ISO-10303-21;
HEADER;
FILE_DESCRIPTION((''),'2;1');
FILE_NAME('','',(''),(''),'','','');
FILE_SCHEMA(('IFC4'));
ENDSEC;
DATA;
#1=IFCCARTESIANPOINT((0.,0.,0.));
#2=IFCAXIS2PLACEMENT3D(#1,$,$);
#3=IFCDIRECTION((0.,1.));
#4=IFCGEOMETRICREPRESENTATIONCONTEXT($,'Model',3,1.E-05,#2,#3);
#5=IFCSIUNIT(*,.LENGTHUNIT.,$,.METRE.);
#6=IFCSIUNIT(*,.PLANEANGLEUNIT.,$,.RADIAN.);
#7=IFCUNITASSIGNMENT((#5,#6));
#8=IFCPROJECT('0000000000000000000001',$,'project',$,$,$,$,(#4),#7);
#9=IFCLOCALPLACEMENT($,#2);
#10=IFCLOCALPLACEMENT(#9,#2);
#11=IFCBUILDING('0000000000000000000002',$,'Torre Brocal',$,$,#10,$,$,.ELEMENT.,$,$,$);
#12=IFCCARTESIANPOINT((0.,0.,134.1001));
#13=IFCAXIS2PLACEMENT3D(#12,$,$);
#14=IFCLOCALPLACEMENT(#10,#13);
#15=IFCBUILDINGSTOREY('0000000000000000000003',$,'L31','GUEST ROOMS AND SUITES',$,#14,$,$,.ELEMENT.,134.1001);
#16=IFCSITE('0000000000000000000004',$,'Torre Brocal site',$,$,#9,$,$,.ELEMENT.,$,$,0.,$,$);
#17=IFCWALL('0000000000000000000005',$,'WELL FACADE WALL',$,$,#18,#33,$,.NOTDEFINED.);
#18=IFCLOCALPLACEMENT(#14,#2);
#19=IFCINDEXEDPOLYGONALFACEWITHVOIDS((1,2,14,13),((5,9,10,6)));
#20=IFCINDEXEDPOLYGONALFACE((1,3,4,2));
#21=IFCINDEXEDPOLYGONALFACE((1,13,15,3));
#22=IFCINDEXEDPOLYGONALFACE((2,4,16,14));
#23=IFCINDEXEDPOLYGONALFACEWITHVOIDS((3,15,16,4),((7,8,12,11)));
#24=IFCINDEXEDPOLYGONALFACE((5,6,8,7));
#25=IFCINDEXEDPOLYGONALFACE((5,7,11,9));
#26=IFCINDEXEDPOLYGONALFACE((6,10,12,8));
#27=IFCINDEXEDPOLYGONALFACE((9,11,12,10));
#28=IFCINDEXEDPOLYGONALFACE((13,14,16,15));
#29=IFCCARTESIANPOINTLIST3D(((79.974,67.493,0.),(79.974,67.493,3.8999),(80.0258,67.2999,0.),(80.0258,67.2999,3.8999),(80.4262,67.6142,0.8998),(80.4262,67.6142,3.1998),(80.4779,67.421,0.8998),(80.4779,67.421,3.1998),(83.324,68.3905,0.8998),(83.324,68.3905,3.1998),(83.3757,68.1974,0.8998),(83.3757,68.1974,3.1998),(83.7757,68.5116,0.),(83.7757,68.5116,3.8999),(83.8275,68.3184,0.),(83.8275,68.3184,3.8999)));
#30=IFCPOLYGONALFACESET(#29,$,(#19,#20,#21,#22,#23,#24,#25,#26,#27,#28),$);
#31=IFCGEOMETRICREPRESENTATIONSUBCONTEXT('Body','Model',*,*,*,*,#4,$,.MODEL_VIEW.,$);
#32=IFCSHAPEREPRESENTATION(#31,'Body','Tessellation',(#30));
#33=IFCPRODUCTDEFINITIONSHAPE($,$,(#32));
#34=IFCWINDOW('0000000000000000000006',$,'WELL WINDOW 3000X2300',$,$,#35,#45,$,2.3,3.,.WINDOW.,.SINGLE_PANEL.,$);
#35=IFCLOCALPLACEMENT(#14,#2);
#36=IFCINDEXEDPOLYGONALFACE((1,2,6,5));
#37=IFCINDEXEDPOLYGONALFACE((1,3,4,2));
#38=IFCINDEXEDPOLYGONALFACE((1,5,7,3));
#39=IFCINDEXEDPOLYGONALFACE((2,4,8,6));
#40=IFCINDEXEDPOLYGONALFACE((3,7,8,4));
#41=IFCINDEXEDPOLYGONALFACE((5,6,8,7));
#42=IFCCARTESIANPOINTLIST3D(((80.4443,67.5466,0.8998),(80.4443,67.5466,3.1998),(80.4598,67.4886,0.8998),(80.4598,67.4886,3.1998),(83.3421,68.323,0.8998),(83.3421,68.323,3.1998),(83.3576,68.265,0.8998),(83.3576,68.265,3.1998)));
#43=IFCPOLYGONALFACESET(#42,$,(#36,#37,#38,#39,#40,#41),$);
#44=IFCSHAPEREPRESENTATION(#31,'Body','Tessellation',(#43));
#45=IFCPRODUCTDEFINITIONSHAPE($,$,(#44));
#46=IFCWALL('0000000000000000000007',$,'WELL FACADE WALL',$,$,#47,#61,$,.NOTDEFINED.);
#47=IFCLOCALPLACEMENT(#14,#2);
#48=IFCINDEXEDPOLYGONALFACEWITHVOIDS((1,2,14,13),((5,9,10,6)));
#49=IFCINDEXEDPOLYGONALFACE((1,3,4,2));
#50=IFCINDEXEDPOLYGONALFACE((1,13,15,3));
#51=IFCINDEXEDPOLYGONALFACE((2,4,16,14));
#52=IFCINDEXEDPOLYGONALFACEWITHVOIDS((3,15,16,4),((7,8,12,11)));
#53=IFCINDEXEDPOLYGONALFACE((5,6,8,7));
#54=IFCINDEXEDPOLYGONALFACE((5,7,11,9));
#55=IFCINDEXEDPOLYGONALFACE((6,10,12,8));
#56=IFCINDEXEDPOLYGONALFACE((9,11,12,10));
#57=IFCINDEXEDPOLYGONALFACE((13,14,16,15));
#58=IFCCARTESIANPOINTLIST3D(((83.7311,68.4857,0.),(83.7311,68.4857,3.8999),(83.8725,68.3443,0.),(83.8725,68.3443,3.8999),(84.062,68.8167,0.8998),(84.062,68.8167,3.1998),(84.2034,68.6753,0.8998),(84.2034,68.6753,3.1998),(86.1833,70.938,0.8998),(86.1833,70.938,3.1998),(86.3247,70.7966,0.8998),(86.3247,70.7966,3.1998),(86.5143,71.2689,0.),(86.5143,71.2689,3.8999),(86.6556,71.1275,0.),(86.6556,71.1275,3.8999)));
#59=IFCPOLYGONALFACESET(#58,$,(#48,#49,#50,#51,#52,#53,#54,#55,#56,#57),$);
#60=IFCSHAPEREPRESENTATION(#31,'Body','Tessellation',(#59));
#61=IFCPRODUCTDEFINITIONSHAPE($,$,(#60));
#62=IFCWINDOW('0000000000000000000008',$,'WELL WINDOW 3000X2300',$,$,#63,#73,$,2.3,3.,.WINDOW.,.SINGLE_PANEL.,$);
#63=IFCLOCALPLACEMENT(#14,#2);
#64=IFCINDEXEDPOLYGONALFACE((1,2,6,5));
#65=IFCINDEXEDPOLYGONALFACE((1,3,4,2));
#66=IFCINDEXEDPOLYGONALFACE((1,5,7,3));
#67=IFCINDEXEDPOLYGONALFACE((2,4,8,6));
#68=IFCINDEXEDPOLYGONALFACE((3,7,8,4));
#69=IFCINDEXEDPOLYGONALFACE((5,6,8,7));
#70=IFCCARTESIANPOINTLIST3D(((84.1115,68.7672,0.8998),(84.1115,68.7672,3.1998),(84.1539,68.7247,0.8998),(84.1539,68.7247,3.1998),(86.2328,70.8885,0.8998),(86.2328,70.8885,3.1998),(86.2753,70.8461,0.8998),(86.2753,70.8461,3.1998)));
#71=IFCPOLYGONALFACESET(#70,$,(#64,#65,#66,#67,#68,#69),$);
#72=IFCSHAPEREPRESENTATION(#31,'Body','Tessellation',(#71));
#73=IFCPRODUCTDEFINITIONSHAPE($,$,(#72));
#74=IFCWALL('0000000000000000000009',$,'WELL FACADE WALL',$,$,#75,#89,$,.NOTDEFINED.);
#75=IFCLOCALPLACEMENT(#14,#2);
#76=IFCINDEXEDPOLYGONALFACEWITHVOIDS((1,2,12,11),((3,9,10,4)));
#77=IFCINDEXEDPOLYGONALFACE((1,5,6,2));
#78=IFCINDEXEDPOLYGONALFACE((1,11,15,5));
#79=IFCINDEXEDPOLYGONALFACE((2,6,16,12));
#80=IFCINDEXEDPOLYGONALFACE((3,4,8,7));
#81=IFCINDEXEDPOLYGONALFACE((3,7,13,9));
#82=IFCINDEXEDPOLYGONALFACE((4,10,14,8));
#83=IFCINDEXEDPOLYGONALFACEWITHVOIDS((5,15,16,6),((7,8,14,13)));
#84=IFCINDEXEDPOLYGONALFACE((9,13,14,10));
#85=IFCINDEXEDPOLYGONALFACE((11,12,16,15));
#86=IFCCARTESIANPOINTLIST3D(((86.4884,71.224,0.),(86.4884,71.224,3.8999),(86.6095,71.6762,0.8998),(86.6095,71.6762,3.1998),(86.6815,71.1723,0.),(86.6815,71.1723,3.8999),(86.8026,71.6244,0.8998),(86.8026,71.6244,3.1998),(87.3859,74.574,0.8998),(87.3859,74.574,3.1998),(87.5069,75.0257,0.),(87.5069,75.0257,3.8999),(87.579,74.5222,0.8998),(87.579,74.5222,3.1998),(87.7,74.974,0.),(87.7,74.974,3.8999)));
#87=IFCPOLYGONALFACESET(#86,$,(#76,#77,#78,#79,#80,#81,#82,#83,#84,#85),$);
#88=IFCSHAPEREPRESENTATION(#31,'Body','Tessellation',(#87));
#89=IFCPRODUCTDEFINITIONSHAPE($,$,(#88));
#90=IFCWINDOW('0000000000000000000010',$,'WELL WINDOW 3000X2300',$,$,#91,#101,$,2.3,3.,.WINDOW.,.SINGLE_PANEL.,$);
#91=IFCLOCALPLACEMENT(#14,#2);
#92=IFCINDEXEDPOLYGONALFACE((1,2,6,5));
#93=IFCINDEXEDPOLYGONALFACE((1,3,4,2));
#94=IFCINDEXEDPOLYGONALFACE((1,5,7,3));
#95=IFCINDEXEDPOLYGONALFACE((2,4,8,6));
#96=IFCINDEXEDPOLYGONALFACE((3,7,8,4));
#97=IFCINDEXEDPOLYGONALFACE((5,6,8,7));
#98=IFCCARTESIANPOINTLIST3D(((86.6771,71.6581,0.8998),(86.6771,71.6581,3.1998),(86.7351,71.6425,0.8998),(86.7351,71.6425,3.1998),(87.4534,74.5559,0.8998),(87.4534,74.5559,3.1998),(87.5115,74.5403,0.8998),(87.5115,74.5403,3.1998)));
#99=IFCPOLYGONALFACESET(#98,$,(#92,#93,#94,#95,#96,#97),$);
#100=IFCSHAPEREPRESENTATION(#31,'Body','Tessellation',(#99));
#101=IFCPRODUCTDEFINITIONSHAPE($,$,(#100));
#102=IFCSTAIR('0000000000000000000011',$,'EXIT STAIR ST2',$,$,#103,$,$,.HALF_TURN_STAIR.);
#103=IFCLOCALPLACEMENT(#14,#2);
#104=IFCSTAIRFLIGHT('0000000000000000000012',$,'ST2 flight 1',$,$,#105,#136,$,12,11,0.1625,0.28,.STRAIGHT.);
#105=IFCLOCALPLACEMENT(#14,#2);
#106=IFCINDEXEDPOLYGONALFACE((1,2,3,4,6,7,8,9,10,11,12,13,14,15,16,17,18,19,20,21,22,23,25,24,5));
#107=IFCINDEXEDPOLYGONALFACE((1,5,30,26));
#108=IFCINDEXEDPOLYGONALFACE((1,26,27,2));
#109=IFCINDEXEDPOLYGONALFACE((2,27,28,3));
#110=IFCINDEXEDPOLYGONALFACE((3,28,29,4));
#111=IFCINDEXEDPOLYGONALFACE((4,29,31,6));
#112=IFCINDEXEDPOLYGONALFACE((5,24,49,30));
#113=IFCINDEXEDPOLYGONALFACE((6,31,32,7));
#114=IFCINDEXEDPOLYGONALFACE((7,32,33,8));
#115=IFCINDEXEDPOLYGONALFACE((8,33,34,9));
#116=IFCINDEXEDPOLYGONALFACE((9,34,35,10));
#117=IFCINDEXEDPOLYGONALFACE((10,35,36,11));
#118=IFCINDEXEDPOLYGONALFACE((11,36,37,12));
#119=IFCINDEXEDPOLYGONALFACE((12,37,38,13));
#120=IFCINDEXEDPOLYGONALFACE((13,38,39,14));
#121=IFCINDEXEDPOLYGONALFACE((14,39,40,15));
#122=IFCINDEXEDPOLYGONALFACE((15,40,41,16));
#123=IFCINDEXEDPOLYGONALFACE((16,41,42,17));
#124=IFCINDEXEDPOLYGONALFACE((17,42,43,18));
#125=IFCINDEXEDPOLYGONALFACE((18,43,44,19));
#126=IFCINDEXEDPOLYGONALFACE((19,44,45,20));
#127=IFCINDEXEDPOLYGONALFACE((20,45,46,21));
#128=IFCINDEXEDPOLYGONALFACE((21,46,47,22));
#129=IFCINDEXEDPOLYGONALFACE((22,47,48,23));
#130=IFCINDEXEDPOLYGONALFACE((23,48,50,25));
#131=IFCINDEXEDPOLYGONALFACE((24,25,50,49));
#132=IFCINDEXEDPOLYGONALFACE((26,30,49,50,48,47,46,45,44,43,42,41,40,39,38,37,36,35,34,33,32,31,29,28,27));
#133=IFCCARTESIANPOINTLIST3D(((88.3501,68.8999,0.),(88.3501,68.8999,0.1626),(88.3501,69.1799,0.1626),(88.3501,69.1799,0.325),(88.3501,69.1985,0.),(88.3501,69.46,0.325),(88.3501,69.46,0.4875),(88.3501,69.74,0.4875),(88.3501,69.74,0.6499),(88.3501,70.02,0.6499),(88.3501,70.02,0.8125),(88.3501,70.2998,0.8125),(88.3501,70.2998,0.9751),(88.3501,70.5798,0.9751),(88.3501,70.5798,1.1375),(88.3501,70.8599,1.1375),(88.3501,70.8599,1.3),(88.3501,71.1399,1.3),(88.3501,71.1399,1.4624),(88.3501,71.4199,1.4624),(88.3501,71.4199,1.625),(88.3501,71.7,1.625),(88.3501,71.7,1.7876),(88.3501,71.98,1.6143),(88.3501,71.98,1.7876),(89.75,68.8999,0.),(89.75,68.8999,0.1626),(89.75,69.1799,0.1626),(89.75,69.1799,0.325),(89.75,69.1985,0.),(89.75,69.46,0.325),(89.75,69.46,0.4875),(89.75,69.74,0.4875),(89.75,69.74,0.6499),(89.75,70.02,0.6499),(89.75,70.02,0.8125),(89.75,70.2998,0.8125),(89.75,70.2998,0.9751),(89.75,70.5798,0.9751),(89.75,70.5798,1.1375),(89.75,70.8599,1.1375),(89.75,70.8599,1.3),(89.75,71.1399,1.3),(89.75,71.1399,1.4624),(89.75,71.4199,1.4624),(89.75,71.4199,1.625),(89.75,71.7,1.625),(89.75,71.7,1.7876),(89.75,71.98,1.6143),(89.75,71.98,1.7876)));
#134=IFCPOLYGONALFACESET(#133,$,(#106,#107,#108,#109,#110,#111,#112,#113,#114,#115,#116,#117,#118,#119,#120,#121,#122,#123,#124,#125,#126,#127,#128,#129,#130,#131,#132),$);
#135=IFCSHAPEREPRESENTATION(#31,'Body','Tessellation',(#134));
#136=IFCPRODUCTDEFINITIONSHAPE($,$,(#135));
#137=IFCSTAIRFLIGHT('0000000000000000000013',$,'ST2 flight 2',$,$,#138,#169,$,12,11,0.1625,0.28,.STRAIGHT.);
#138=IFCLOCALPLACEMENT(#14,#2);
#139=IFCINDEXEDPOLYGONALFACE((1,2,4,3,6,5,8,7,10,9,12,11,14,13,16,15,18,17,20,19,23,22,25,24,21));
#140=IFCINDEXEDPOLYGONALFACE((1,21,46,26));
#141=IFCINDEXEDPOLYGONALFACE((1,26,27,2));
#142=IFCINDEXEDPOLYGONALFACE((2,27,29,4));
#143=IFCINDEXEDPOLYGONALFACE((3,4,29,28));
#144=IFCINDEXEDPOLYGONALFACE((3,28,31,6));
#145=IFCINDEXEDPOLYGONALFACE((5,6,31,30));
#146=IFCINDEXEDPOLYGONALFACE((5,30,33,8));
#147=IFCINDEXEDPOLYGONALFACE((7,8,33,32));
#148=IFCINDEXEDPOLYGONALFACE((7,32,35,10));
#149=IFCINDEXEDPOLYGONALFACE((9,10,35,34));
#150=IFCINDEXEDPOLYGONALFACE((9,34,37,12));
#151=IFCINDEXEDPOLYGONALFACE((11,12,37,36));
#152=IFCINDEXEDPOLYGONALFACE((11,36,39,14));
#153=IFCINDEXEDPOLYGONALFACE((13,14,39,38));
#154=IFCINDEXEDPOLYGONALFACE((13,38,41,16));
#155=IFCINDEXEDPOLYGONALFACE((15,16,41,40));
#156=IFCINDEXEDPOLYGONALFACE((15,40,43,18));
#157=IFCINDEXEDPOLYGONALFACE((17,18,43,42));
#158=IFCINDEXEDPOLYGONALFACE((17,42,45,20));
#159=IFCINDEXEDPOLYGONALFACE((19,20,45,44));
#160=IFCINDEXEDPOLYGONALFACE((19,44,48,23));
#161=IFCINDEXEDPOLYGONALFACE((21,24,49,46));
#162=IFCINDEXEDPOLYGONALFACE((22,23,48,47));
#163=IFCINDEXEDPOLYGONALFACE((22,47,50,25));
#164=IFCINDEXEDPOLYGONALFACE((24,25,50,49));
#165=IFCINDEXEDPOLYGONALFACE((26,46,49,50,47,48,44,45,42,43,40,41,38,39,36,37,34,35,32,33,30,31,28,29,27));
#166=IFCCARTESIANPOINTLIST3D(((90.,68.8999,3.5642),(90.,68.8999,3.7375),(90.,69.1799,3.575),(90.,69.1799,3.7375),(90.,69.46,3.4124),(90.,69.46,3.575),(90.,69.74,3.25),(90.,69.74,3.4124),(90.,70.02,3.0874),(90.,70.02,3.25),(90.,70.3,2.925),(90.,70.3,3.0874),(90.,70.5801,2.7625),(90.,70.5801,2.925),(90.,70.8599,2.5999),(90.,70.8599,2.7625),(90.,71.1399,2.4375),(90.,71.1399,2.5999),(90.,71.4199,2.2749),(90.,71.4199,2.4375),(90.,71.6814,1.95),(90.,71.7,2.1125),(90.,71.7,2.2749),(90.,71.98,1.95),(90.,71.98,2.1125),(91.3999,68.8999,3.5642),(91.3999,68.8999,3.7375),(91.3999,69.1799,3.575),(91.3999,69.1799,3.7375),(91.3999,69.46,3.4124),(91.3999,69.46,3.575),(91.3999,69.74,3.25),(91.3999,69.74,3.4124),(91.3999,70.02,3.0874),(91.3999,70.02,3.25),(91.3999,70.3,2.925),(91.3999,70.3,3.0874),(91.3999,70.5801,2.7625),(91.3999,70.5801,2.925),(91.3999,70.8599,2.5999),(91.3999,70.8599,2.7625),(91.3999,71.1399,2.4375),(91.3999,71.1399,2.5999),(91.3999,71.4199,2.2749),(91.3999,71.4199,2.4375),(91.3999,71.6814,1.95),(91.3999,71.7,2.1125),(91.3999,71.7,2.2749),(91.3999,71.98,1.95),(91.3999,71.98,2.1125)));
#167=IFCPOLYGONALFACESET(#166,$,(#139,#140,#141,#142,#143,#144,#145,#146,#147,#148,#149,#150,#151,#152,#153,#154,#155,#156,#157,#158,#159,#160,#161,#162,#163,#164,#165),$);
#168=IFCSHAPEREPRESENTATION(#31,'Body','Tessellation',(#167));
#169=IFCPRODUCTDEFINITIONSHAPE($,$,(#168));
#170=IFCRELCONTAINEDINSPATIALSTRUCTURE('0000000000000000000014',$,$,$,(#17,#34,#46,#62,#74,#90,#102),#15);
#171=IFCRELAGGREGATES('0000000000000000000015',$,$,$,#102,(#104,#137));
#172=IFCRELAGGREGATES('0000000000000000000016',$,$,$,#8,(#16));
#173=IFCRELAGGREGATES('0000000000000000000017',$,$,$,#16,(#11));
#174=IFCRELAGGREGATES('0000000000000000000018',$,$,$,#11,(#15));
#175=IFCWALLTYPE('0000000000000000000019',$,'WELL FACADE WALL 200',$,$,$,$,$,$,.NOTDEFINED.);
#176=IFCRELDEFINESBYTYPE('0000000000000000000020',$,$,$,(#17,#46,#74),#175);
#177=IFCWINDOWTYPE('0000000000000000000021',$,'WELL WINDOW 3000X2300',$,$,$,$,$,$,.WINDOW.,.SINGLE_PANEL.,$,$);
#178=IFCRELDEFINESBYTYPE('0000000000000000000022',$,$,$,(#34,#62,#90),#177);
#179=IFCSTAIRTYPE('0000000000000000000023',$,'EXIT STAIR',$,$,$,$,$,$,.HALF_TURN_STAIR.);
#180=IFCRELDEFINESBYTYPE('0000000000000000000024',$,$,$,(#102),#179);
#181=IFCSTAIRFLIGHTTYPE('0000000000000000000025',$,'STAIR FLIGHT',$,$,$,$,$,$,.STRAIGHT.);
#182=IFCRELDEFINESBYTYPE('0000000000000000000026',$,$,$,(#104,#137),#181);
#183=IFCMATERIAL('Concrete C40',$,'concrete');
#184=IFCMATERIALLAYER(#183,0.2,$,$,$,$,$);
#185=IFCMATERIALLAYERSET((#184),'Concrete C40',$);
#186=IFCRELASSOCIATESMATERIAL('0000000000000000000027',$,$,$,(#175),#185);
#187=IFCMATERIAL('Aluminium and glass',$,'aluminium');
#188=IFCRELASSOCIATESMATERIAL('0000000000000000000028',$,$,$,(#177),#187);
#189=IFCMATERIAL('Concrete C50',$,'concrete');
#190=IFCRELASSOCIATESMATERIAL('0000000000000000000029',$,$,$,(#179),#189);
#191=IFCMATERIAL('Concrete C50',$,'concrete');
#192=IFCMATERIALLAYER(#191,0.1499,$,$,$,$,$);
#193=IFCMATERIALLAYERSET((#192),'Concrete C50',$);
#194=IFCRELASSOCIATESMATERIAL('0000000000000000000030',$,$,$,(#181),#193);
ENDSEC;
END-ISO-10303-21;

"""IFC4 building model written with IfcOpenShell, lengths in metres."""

from ifc_helpers import new_model, si_unit, direction, frame, frame_2d, origin, place, context, subcontext, project, spatial, polyline, rectangle, outline, extrude, material, layer, layer_set, type_object, element, fill, aggregate, save


model = new_model("IFC4")

# Units and contexts
model_context = context("Model", 3, precision=1e-05, world=origin(), true_north=direction((0.0, 1.0)))
body_context = subcontext(model_context, "Body", "Model", "MODEL_VIEW")
ifc_project = project(units=[si_unit("LENGTHUNIT", "METRE"), si_unit("PLANEANGLEUNIT", "RADIAN")], contexts=[model_context])

# Site, building, storey
site_placement = place(None, origin())
site = spatial("IfcSite", under=ifc_project, at=site_placement, Name="Torre Brocal site", CompositionType="ELEMENT", RefElevation=0.0)
building_placement = place(site_placement, origin())
building = spatial("IfcBuilding", under=site, at=building_placement, Name="Torre Brocal", CompositionType="ELEMENT")
storey_placement = place(building_placement, frame((0.0, 0.0, 134.1001)))
storey = spatial("IfcBuildingStorey", under=building, at=storey_placement, Name="L31", Description="GUEST ROOMS AND SUITES", CompositionType="ELEMENT", Elevation=134.1001)

# Walls, openings, windows
ifc_material_1 = material(Name="Concrete C40", Category="concrete")
ifc_layer_1 = layer(ifc_material_1, 0.2)
ifc_layer_set_1 = layer_set([ifc_layer_1], Name="Concrete C40")
wall_type_1 = type_object("IfcWallType", Name="WELL FACADE WALL 200", PredefinedType="NOTDEFINED", material=ifc_layer_set_1)
ifc_material_2 = material(Name="Aluminium and glass", Category="aluminium")
window_type = type_object("IfcWindowType", Name="WELL WINDOW 3000X2300", PartitioningType="SINGLE_PANEL", PredefinedType="WINDOW", material=ifc_material_2)
wall_1_placement = place(storey_placement, frame((80.0, 67.3965, 0.0), z_axis=(0.0, 0.0, 1.0), x_axis=(0.965934, 0.25879, 0.0)))
wall_1 = element("IfcWall", 1, at=wall_1_placement, inside=storey, type_object=wall_type_1, Name="WELL FACADE WALL", PredefinedType="NOTDEFINED", context=body_context, shape_type="SweptSolid", body=[
    extrude(rectangle(XDim=3.9358, YDim=0.2, at=frame_2d((1.9678, 0.0))), origin(), (0.0, 0.0, 1.0), 3.8999),
])
opening_1_placement = place(wall_1_placement, frame((0.468, 0.0, 0.8999)))
opening_1 = element("IfcOpeningElement", 2, at=opening_1_placement, cuts=wall_1, PredefinedType="OPENING", context=body_context, shape_type="SweptSolid", body=[
    extrude(rectangle(XDim=3.0, YDim=2.3, at=frame_2d((1.5, 1.1499))), frame((0.0, 0.1099, 0.0), z_axis=(0.0, -1.0, 0.0), x_axis=(1.0, 0.0, 0.0)), (0.0, 0.0, 1.0), 0.22),
])
window_1_placement = place(opening_1_placement, origin())
window_1 = element("IfcWindow", 3, at=window_1_placement, inside=storey, type_object=window_type, Name="WELL WINDOW 3000X2300", OverallHeight=2.3, OverallWidth=3.0, PartitioningType="SINGLE_PANEL", PredefinedType="WINDOW", context=body_context, shape_type="SweptSolid", body=[
    extrude(rectangle(XDim=3.0, YDim=2.3, at=frame_2d((1.5, 1.1499))), frame((0.0, 0.03, 0.0), z_axis=(0.0, -1.0, 0.0), x_axis=(1.0, 0.0, 0.0)), (0.0, 0.0, 1.0), 0.0601),
])
fill(opening_1, window_1)
wall_2_placement = place(storey_placement, frame((83.8018, 68.415, 0.0), z_axis=(0.0, 0.0, 1.0), x_axis=(0.707107, 0.707107, 0.0)))
wall_2 = element("IfcWall", 4, at=wall_2_placement, inside=storey, type_object=wall_type_1, Name="WELL FACADE WALL", PredefinedType="NOTDEFINED", context=body_context, shape_type="SweptSolid", body=[
    extrude(rectangle(XDim=3.936, YDim=0.2, at=frame_2d((1.968, 0.0))), origin(), (0.0, 0.0, 1.0), 3.8999),
])
opening_2_placement = place(wall_2_placement, frame((0.468, 0.0, 0.8999)))
opening_2 = element("IfcOpeningElement", 5, at=opening_2_placement, cuts=wall_2, PredefinedType="OPENING", context=body_context, shape_type="SweptSolid", body=[
    extrude(rectangle(XDim=3.0, YDim=2.3, at=frame_2d((1.5, 1.1499))), frame((0.0, 0.1099, 0.0), z_axis=(0.0, -1.0, 0.0), x_axis=(1.0, 0.0, 0.0)), (0.0, 0.0, 1.0), 0.22),
])
window_2_placement = place(opening_2_placement, origin())
window_2 = element("IfcWindow", 6, at=window_2_placement, inside=storey, type_object=window_type, Name="WELL WINDOW 3000X2300", OverallHeight=2.3, OverallWidth=3.0, PartitioningType="SINGLE_PANEL", PredefinedType="WINDOW", context=body_context, shape_type="SweptSolid", body=[
    extrude(rectangle(XDim=3.0, YDim=2.3, at=frame_2d((1.5, 1.1499))), frame((0.0, 0.03, 0.0), z_axis=(0.0, -1.0, 0.0), x_axis=(1.0, 0.0, 0.0)), (0.0, 0.0, 1.0), 0.0601),
])
fill(opening_2, window_2)
wall_3_placement = place(storey_placement, frame((86.585, 71.1982, 0.0), z_axis=(0.0, 0.0, 1.0), x_axis=(0.25879, 0.965934, 0.0)))
wall_3 = element("IfcWall", 7, at=wall_3_placement, inside=storey, type_object=wall_type_1, Name="WELL FACADE WALL", PredefinedType="NOTDEFINED", context=body_context, shape_type="SweptSolid", body=[
    extrude(rectangle(XDim=3.9358, YDim=0.2, at=frame_2d((1.9678, 0.0))), origin(), (0.0, 0.0, 1.0), 3.8999),
])
opening_3_placement = place(wall_3_placement, frame((0.468, 0.0, 0.8999)))
opening_3 = element("IfcOpeningElement", 8, at=opening_3_placement, cuts=wall_3, PredefinedType="OPENING", context=body_context, shape_type="SweptSolid", body=[
    extrude(rectangle(XDim=3.0, YDim=2.3, at=frame_2d((1.5, 1.1499))), frame((0.0, 0.1099, 0.0), z_axis=(0.0, -1.0, 0.0), x_axis=(1.0, 0.0, 0.0)), (0.0, 0.0, 1.0), 0.22),
])
window_3_placement = place(opening_3_placement, origin())
window_3 = element("IfcWindow", 9, at=window_3_placement, inside=storey, type_object=window_type, Name="WELL WINDOW 3000X2300", OverallHeight=2.3, OverallWidth=3.0, PartitioningType="SINGLE_PANEL", PredefinedType="WINDOW", context=body_context, shape_type="SweptSolid", body=[
    extrude(rectangle(XDim=3.0, YDim=2.3, at=frame_2d((1.5, 1.1499))), frame((0.0, 0.03, 0.0), z_axis=(0.0, -1.0, 0.0), x_axis=(1.0, 0.0, 0.0)), (0.0, 0.0, 1.0), 0.0601),
])
fill(opening_3, window_3)

# Stair, stair flights
ifc_material_3 = material(Name="Concrete C50", Category="concrete")
stair_type = type_object("IfcStairType", Name="EXIT STAIR", PredefinedType="HALF_TURN_STAIR", material=ifc_material_3)
stair_placement = place(storey_placement, origin())
stair = element("IfcStair", 10, at=stair_placement, inside=storey, type_object=stair_type, Name="EXIT STAIR ST2", PredefinedType="HALF_TURN_STAIR")
ifc_material_4 = material(Name="Concrete C50", Category="concrete")
ifc_layer_2 = layer(ifc_material_4, 0.1499)
ifc_layer_set_2 = layer_set([ifc_layer_2], Name="Concrete C50")
stair_flight_type = type_object("IfcStairFlightType", Name="STAIR FLIGHT", PredefinedType="STRAIGHT", material=ifc_layer_set_2)
stair_flight_1_placement = place(storey_placement, frame((89.05, 68.8999, 0.0), z_axis=(0.0, 0.0, 1.0), x_axis=(0.0, 1.0, 0.0)))
stair_flight_1 = element("IfcStairFlight", 11, at=stair_flight_1_placement, type_object=stair_flight_type, Name="ST2 flight 1", NumberOfRisers=12, NumberOfTreads=11, PredefinedType="STRAIGHT", RiserHeight=0.1625, TreadLength=0.28, context=body_context, shape_type="SweptSolid", body=[
    extrude(outline(polyline([(0.0, 0.0), (0.0, 0.1626), (0.28, 0.1626), (0.28, 0.325), (0.5601, 0.325), (0.5601, 0.4875), (0.8401, 0.4875), (0.8401, 0.6499), (1.1201, 0.6499), (1.1201, 0.8125), (1.3999, 0.8125), (1.3999, 0.9751), (1.6799, 0.9751), (1.6799, 1.1375), (1.96, 1.1375), (1.96, 1.3), (2.24, 1.3), (2.24, 1.4624), (2.52, 1.4624), (2.52, 1.625), (2.8, 1.625), (2.8, 1.7876), (3.0801, 1.7876), (3.0801, 1.95), (3.0801, 1.6143), (0.2986, 0.0), (0.0, 0.0)])), frame((0.0, 0.7, 0.0), z_axis=(0.0, -1.0, 0.0), x_axis=(1.0, 0.0, 0.0)), (0.0, 0.0, 1.0), 1.3999),
])
stair_flight_2_placement = place(storey_placement, frame((90.7, 71.98, 1.95), z_axis=(0.0, 0.0, 1.0), x_axis=(0.0, -1.0, 0.0)))
stair_flight_2 = element("IfcStairFlight", 12, at=stair_flight_2_placement, type_object=stair_flight_type, Name="ST2 flight 2", NumberOfRisers=12, NumberOfTreads=11, PredefinedType="STRAIGHT", RiserHeight=0.1625, TreadLength=0.28, context=body_context, shape_type="SweptSolid", body=[
    extrude(outline(polyline([(0.0, 0.0), (0.0, 0.1626), (0.28, 0.1626), (0.28, 0.325), (0.5601, 0.325), (0.5601, 0.4875), (0.8401, 0.4875), (0.8401, 0.6499), (1.1201, 0.6499), (1.1201, 0.8125), (1.3999, 0.8125), (1.3999, 0.9751), (1.6799, 0.9751), (1.6799, 1.1375), (1.96, 1.1375), (1.96, 1.3), (2.24, 1.3), (2.24, 1.4624), (2.52, 1.4624), (2.52, 1.625), (2.8, 1.625), (2.8, 1.7876), (3.0801, 1.7876), (3.0801, 1.95), (3.0801, 1.6143), (0.2986, 0.0), (0.0, 0.0)])), frame((0.0, 0.7, 0.0), z_axis=(0.0, -1.0, 0.0), x_axis=(1.0, 0.0, 0.0)), (0.0, 0.0, 1.0), 1.3999),
])
aggregate(stair, [stair_flight_1, stair_flight_2])

save(model, "model.ifc")
